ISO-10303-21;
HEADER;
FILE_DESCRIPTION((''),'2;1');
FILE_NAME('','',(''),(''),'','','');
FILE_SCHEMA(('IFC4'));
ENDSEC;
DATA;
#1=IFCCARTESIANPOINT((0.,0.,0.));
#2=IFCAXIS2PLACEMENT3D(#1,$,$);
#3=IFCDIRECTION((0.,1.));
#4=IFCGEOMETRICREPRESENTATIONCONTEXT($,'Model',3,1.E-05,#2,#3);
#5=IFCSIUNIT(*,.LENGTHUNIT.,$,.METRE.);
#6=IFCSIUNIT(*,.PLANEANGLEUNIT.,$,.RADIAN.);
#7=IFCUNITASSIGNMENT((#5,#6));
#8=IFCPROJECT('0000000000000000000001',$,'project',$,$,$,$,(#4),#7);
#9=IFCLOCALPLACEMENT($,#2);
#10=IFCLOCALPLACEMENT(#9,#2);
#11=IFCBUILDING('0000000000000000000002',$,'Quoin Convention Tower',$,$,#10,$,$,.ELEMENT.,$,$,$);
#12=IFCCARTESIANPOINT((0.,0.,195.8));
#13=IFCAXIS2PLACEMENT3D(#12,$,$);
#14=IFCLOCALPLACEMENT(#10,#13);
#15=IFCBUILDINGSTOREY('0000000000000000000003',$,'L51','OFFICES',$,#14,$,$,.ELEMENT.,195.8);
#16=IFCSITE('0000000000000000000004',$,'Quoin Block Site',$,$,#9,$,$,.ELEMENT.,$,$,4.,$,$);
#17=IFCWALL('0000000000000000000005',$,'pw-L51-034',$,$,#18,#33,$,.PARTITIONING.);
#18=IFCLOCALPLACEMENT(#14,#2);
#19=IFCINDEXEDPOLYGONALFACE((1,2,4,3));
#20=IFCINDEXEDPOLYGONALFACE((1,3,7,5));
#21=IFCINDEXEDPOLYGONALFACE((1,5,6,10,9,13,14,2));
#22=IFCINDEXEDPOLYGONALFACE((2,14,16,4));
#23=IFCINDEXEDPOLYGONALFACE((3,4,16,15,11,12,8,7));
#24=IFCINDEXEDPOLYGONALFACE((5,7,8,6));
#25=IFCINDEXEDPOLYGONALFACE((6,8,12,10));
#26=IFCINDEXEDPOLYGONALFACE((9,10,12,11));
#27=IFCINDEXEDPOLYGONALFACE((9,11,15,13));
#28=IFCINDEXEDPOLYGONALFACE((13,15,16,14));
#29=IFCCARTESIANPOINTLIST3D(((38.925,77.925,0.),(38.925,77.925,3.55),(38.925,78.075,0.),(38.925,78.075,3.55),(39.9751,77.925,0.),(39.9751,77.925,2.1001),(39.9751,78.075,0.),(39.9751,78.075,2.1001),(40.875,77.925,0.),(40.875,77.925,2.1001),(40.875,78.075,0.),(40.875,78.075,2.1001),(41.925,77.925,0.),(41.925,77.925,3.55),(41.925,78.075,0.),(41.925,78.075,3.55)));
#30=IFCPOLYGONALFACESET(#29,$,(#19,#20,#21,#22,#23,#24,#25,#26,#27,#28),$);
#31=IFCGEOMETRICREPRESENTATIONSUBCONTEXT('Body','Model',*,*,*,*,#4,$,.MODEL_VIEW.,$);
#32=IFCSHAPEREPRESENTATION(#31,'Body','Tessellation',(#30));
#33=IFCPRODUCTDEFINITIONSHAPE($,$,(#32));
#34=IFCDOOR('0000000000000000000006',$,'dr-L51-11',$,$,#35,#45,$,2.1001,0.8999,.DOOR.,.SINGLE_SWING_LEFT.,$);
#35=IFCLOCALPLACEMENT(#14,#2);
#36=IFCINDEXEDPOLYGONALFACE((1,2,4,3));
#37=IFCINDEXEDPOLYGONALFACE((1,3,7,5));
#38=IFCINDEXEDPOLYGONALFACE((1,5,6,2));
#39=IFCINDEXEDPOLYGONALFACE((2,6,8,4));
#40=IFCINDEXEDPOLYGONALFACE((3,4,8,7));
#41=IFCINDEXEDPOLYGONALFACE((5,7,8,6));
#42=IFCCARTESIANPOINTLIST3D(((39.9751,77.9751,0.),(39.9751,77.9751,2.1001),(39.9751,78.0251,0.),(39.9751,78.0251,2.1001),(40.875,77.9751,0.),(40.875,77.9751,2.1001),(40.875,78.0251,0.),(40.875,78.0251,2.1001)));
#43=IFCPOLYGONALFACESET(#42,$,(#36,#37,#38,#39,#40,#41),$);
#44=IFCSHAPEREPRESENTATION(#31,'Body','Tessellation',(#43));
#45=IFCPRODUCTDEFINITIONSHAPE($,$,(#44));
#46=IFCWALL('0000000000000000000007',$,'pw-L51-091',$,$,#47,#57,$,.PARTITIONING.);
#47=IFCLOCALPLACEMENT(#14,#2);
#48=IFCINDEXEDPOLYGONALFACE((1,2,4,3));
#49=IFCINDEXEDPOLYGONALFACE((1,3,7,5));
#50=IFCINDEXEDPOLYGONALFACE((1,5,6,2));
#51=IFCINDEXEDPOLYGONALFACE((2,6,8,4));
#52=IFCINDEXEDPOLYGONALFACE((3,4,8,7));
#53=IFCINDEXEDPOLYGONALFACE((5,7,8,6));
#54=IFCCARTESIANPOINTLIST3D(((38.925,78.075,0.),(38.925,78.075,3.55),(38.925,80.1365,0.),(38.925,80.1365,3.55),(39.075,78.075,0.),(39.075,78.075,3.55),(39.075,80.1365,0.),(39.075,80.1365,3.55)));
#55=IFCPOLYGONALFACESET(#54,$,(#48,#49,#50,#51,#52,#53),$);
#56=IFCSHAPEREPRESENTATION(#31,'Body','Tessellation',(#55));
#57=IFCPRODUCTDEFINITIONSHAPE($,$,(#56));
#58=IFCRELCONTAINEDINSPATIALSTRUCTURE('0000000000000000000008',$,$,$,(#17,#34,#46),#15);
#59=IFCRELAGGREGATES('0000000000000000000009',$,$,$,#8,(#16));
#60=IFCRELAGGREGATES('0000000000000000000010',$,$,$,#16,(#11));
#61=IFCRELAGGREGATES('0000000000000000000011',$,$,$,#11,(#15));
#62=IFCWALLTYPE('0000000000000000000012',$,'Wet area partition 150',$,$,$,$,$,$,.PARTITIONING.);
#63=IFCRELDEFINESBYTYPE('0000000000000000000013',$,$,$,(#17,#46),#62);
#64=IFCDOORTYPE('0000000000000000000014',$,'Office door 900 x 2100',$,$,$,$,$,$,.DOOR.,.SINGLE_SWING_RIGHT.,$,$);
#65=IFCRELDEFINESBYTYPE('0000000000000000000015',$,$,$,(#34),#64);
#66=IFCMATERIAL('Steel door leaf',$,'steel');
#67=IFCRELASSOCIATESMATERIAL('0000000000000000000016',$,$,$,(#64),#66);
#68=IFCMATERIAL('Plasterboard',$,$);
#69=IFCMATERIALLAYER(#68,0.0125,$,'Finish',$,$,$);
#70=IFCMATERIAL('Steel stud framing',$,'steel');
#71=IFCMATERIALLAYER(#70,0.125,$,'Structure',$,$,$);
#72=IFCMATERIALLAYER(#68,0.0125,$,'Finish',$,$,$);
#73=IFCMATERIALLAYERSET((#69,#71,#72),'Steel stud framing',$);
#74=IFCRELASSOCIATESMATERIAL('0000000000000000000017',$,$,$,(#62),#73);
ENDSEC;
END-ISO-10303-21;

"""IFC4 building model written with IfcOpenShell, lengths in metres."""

from ifc_helpers import new_model, si_unit, direction, frame, frame_2d, origin, place, context, subcontext, project, spatial, rectangle, extrude, material, layer, layer_set, type_object, element, fill, save


model = new_model("IFC4")

# Units and contexts
model_context = context("Model", 3, precision=1e-05, world=origin(), true_north=direction((0.0, 1.0)))
body_context = subcontext(model_context, "Body", "Model", "MODEL_VIEW")
ifc_project = project(units=[si_unit("LENGTHUNIT", "METRE"), si_unit("PLANEANGLEUNIT", "RADIAN")], contexts=[model_context])

# Site, building, storey
site_placement = place(None, origin())
site = spatial("IfcSite", under=ifc_project, at=site_placement, Name="Quoin Block Site", CompositionType="ELEMENT", RefElevation=4.0)
building_placement = place(site_placement, origin())
building = spatial("IfcBuilding", under=site, at=building_placement, Name="Quoin Convention Tower", CompositionType="ELEMENT")
storey_placement = place(building_placement, frame((0.0, 0.0, 195.8)))
storey = spatial("IfcBuildingStorey", under=building, at=storey_placement, Name="L51", Description="OFFICES", CompositionType="ELEMENT", Elevation=195.8)

# Shared definitions
ifc_material_1 = material(Name="Plasterboard")
ifc_material_2 = material(Name="Steel stud framing", Category="steel")

# Shared definitions
ifc_material_3 = material(Name="Steel door leaf", Category="steel")

# Wall, opening, door
door_type_1 = type_object("IfcDoorType", Name="Office door 900 x 2100", OperationType="SINGLE_SWING_RIGHT", PredefinedType="DOOR", material=ifc_material_3)
ifc_layer_1 = layer(ifc_material_1, 0.0125, Name="Finish")
ifc_layer_2 = layer(ifc_material_2, 0.125, Name="Structure")
ifc_layer_3 = layer(ifc_material_1, 0.0125, Name="Finish")
ifc_layer_set_1 = layer_set([ifc_layer_1, ifc_layer_2, ifc_layer_3], Name="Steel stud framing")
wall_type_1 = type_object("IfcWallType", Name="Wet area partition 150", PredefinedType="PARTITIONING", material=ifc_layer_set_1)
wall_1_placement = place(storey_placement, frame((38.925, 78.0, 0.0), z_axis=(0.0, 0.0, 1.0), x_axis=(1.0, 0.0, 0.0)))
wall_1 = element("IfcWall", 1, at=wall_1_placement, inside=storey, type_object=wall_type_1, Name="pw-L51-034", PredefinedType="PARTITIONING", context=body_context, shape_type="SweptSolid", body=[
    extrude(rectangle(XDim=3.0, YDim=0.1499, at=frame_2d((1.5, 0.0))), origin(), (0.0, 0.0, 1.0), 3.55),
])
opening_1_placement = place(wall_1_placement, frame((1.05, 0.0, 0.0)))
opening_1 = element("IfcOpeningElement", 2, at=opening_1_placement, cuts=wall_1, PredefinedType="OPENING", context=body_context, shape_type="SweptSolid", body=[
    extrude(rectangle(XDim=0.8999, YDim=2.1001, at=frame_2d((0.45, 1.05))), frame((0.0, 0.085, 0.0), z_axis=(0.0, -1.0, 0.0), x_axis=(1.0, 0.0, 0.0)), (0.0, 0.0, 1.0), 0.1699),
])
door_1_placement = place(opening_1_placement, frame((0.8999, 0.0, 0.0), z_axis=(0.0, 0.0, 1.0), x_axis=(-1.0, 0.0, 0.0)))
door_1 = element("IfcDoor", 3, at=door_1_placement, inside=storey, type_object=door_type_1, Name="dr-L51-11", OperationType="SINGLE_SWING_LEFT", OverallHeight=2.1001, OverallWidth=0.8999, PredefinedType="DOOR", context=body_context, shape_type="SweptSolid", body=[
    extrude(rectangle(XDim=0.8999, YDim=2.1001, at=frame_2d((0.45, 1.05))), frame((0.0, 0.0249, 0.0), z_axis=(0.0, -1.0, 0.0), x_axis=(1.0, 0.0, 0.0)), (0.0, 0.0, 1.0), 0.05),
])
fill(opening_1, door_1)

# Wall
wall_2_placement = place(storey_placement, frame((39.0, 78.075, 0.0), z_axis=(0.0, 0.0, 1.0), x_axis=(0.0, 1.0, 0.0)))
element("IfcWall", 4, at=wall_2_placement, inside=storey, type_object=wall_type_1, Name="pw-L51-091", PredefinedType="PARTITIONING", context=body_context, shape_type="SweptSolid", body=[
    extrude(rectangle(XDim=2.0615, YDim=0.1499, at=frame_2d((1.0308, 0.0))), origin(), (0.0, 0.0, 1.0), 3.55),
])

save(model, "model.ifc")
